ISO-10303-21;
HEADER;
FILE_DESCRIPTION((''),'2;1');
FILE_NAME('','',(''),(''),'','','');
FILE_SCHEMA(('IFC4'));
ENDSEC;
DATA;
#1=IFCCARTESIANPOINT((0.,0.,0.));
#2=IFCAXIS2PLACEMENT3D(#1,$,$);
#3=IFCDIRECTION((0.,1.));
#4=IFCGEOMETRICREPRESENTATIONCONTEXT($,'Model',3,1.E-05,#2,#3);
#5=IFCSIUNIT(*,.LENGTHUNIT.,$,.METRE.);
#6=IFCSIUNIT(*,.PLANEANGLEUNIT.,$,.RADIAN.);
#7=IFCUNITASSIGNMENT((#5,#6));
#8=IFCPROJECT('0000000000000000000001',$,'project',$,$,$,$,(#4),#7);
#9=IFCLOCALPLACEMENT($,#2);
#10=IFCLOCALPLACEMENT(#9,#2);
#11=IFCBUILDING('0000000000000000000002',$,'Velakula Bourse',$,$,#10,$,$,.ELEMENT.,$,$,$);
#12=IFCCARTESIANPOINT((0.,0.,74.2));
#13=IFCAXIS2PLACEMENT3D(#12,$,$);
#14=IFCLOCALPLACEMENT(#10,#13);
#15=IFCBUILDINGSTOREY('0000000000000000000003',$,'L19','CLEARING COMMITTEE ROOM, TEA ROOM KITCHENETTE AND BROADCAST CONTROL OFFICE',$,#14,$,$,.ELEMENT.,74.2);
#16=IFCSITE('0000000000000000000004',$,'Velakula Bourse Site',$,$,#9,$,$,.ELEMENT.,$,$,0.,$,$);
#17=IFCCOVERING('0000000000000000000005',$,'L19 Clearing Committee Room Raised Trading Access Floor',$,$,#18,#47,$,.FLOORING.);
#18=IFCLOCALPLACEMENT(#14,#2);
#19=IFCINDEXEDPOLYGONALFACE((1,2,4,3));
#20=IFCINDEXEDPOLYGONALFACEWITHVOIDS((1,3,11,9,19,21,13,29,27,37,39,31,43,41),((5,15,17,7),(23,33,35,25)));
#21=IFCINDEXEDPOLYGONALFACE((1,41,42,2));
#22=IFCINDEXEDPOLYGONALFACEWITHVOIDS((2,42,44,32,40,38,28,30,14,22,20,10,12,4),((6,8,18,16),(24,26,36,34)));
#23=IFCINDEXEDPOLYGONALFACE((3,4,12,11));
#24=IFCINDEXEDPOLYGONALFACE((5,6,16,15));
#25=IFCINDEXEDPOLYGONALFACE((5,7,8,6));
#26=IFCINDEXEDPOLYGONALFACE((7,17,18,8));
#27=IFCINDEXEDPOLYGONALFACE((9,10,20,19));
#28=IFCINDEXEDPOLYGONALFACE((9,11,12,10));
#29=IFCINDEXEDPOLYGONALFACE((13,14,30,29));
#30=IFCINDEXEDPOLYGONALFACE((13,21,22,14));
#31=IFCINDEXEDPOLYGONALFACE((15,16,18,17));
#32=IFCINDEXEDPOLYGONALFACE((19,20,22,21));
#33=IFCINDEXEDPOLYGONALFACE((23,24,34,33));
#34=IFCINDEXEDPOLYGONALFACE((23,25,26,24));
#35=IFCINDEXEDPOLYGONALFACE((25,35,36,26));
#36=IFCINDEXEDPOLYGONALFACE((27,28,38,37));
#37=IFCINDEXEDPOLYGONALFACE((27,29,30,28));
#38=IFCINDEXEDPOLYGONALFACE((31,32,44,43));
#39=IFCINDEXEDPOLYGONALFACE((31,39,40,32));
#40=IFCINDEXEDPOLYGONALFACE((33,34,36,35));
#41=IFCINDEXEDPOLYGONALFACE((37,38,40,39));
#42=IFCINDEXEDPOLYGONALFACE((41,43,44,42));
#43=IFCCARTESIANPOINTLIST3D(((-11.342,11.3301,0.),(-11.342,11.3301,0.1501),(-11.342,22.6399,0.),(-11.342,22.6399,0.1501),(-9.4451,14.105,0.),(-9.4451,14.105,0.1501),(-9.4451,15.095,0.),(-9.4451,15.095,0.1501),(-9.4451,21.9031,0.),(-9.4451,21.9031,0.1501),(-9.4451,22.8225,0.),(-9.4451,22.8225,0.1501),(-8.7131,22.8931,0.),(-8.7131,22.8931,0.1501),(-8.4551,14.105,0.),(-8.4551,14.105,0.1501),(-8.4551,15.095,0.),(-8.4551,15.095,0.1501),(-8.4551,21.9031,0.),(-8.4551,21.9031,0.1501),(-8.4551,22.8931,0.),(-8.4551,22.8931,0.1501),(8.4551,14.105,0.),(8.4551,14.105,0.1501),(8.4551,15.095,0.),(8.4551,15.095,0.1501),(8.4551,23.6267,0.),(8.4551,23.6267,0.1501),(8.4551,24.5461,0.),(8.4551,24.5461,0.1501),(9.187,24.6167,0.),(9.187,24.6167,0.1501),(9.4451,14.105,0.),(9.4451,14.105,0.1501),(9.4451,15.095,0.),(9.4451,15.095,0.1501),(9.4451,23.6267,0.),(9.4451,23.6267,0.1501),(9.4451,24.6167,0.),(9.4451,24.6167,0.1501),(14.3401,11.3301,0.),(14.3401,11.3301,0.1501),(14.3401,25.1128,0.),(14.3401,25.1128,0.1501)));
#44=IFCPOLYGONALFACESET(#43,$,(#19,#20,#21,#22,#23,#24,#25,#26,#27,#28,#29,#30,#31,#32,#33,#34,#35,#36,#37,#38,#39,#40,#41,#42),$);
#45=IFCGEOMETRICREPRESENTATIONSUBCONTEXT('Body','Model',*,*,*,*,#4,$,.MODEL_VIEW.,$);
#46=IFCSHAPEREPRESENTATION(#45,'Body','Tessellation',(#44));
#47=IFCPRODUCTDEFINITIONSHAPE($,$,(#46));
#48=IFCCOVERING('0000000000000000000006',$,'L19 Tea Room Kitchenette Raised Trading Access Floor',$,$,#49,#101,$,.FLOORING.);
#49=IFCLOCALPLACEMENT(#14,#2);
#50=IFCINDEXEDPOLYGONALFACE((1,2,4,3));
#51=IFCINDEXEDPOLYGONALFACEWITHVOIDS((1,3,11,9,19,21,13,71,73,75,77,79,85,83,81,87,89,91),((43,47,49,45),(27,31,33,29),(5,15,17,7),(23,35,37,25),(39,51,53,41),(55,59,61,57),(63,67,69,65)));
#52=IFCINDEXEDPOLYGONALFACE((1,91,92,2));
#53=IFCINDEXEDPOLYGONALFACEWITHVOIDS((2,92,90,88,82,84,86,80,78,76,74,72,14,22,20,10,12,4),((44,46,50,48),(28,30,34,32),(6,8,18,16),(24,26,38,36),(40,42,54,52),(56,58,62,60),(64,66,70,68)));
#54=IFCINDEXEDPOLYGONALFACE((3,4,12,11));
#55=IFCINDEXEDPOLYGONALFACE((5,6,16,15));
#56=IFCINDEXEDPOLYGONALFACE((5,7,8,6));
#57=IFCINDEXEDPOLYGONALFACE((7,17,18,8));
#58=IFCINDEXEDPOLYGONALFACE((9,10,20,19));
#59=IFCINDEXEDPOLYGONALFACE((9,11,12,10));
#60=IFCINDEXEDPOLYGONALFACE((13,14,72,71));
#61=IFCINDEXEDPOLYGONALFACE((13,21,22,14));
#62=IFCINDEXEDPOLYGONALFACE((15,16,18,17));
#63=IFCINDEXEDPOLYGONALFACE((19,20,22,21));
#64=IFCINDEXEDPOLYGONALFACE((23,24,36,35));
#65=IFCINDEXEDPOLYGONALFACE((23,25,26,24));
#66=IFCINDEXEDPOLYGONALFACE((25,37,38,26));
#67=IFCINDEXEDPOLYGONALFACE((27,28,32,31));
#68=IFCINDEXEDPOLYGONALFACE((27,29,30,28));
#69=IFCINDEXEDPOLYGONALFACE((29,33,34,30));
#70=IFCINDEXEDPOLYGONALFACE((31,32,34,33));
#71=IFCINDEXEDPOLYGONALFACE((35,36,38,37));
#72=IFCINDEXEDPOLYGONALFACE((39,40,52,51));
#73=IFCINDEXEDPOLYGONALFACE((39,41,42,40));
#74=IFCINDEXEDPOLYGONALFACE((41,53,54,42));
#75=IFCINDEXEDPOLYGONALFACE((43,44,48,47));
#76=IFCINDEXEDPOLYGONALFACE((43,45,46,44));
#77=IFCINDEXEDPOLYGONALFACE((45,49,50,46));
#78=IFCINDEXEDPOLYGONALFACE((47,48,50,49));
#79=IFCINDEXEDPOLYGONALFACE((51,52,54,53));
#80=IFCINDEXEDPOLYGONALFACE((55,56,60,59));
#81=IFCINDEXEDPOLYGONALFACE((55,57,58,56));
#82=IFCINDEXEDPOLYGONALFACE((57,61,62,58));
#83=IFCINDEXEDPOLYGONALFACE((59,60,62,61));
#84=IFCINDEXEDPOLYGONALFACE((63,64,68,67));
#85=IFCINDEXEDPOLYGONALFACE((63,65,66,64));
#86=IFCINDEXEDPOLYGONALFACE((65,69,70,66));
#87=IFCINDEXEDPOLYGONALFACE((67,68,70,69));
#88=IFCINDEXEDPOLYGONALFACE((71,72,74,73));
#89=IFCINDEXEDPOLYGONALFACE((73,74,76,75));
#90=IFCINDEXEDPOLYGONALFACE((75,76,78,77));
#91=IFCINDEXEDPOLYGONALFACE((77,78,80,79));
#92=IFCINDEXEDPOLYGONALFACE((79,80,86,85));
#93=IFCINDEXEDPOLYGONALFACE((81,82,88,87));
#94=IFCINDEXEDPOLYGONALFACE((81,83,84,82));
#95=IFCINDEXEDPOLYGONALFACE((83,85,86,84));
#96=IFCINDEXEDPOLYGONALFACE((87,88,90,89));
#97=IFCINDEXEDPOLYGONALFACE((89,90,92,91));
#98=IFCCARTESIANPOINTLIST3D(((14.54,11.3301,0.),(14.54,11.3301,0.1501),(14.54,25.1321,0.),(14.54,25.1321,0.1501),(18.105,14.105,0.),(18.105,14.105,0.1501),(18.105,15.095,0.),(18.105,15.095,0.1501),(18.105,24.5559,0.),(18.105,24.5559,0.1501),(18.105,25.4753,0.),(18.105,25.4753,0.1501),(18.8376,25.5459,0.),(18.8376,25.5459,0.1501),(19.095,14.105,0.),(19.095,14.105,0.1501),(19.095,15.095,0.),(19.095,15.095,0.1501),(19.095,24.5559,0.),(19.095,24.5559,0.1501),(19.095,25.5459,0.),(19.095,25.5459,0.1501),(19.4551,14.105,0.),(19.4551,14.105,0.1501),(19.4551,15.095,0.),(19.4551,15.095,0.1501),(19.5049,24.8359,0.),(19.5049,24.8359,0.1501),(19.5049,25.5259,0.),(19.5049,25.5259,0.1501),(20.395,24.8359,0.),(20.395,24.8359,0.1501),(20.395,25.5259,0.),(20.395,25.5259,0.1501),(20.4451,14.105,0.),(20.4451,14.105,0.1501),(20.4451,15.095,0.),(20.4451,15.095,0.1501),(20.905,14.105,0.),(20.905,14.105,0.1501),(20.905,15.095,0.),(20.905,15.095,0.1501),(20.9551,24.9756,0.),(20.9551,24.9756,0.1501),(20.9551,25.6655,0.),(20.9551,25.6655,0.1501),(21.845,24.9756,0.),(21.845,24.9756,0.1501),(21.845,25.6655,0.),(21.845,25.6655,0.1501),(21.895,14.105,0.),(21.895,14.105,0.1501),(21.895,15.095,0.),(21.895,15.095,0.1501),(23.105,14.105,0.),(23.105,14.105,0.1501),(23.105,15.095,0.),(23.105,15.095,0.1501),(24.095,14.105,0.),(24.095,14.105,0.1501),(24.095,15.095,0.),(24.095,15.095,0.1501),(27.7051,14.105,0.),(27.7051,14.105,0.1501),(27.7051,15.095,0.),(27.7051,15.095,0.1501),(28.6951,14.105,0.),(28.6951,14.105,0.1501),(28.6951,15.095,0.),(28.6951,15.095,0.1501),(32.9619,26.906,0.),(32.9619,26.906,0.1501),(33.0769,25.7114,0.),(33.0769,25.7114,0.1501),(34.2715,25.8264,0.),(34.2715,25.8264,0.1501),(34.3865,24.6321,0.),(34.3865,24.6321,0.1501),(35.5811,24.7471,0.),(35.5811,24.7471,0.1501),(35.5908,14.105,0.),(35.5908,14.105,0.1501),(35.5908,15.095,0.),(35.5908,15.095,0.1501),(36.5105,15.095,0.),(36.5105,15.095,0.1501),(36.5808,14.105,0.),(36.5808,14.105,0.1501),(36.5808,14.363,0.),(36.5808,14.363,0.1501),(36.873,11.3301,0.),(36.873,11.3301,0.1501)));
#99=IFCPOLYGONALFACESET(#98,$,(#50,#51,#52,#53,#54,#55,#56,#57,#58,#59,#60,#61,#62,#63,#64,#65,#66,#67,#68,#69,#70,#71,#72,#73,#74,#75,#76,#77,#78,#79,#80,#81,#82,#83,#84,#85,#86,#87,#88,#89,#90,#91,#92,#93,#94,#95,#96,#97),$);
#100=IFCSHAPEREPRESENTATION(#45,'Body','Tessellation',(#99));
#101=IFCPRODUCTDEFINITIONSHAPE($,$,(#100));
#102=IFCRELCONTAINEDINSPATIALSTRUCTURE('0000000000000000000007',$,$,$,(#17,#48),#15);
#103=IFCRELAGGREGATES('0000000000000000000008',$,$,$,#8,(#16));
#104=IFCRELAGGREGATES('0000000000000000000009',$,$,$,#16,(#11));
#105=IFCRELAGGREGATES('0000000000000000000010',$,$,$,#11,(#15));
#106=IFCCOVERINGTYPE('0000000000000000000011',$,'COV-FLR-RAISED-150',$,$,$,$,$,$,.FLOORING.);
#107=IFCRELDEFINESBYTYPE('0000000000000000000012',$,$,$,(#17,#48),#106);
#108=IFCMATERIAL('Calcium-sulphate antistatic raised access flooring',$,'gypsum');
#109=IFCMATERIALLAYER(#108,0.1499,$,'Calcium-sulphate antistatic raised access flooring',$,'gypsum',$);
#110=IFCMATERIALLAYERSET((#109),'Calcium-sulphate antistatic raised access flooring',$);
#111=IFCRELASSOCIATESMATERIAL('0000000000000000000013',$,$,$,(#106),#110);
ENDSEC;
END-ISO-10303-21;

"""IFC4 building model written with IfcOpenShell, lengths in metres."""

from ifc_helpers import new_model, si_unit, direction, frame, origin, place, context, subcontext, project, spatial, polyline, outline, extrude, material, layer, layer_set, type_object, element, save


model = new_model("IFC4")

# Units and contexts
model_context = context("Model", 3, precision=1e-05, world=origin(), true_north=direction((0.0, 1.0)))
body_context = subcontext(model_context, "Body", "Model", "MODEL_VIEW")
ifc_project = project(units=[si_unit("LENGTHUNIT", "METRE"), si_unit("PLANEANGLEUNIT", "RADIAN")], contexts=[model_context])

# Site, building, storey
site_placement = place(None, origin())
site = spatial("IfcSite", under=ifc_project, at=site_placement, Name="Velakula Bourse Site", CompositionType="ELEMENT", RefElevation=0.0)
building_placement = place(site_placement, origin())
building = spatial("IfcBuilding", under=site, at=building_placement, Name="Velakula Bourse", CompositionType="ELEMENT")
storey_placement = place(building_placement, frame((0.0, 0.0, 74.2)))
storey = spatial("IfcBuildingStorey", under=building, at=storey_placement, Name="L19", Description="CLEARING COMMITTEE ROOM, TEA ROOM KITCHENETTE AND BROADCAST CONTROL OFFICE", CompositionType="ELEMENT", Elevation=74.2)

# Coverings
ifc_material_1 = material(Name="Calcium-sulphate antistatic raised access flooring", Category="gypsum")
ifc_layer_1 = layer(ifc_material_1, 0.1499, Name="Calcium-sulphate antistatic raised access flooring", Category="gypsum")
ifc_layer_set_1 = layer_set([ifc_layer_1], Name="Calcium-sulphate antistatic raised access flooring")
covering_type_1 = type_object("IfcCoveringType", Name="COV-FLR-RAISED-150", PredefinedType="FLOORING", material=ifc_layer_set_1)
covering_1_placement = place(storey_placement, origin())
element("IfcCovering", 1, at=covering_1_placement, inside=storey, type_object=covering_type_1, Name="L19 Clearing Committee Room Raised Trading Access Floor", PredefinedType="FLOORING", context=body_context, shape_type="SweptSolid", body=[
    extrude(outline(polyline([(8.4551, 24.5461), (8.4551, 23.6267), (9.4451, 23.6267), (9.4451, 24.6167), (9.187, 24.6167), (14.3401, 25.1128), (14.3401, 11.3301), (-11.342, 11.3301), (-11.342, 22.6399), (-9.4451, 22.8225), (-9.4451, 21.9031), (-8.4551, 21.9031), (-8.4551, 22.8931), (-8.7131, 22.8931), (8.4551, 24.5461)]), holes=[polyline([(-9.4451, 15.095), (-9.4451, 14.105), (-8.4551, 14.105), (-8.4551, 15.095), (-9.4451, 15.095)]), polyline([(8.4551, 15.095), (8.4551, 14.105), (9.4451, 14.105), (9.4451, 15.095), (8.4551, 15.095)])]), origin(), (0.0, 0.0, 1.0), 0.1501),
])
covering_2_placement = place(storey_placement, origin())
element("IfcCovering", 2, at=covering_2_placement, inside=storey, type_object=covering_type_1, Name="L19 Tea Room Kitchenette Raised Trading Access Floor", PredefinedType="FLOORING", context=body_context, shape_type="SweptSolid", body=[
    extrude(outline(polyline([(32.9619, 26.906), (33.0769, 25.7114), (34.2715, 25.8264), (34.3865, 24.6321), (35.5811, 24.7471), (36.5105, 15.095), (35.5908, 15.095), (35.5908, 14.105), (36.5808, 14.105), (36.5808, 14.363), (36.873, 11.3301), (14.54, 11.3301), (14.54, 25.1321), (18.105, 25.4753), (18.105, 24.5559), (19.095, 24.5559), (19.095, 25.5459), (18.8376, 25.5459), (32.9619, 26.906)]), holes=[polyline([(20.905, 14.105), (21.895, 14.105), (21.895, 15.095), (20.905, 15.095), (20.905, 14.105)]), polyline([(23.105, 15.095), (23.105, 14.105), (24.095, 14.105), (24.095, 15.095), (23.105, 15.095)]), polyline([(19.4551, 15.095), (19.4551, 14.105), (20.4451, 14.105), (20.4451, 15.095), (19.4551, 15.095)]), polyline([(27.7051, 14.105), (28.6951, 14.105), (28.6951, 15.095), (27.7051, 15.095), (27.7051, 14.105)]), polyline([(18.105, 14.105), (19.095, 14.105), (19.095, 15.095), (18.105, 15.095), (18.105, 14.105)]), polyline([(19.5049, 25.5259), (19.5049, 24.8359), (20.395, 24.8359), (20.395, 25.5259), (19.5049, 25.5259)]), polyline([(20.9551, 25.6655), (20.9551, 24.9756), (21.845, 24.9756), (21.845, 25.6655), (20.9551, 25.6655)])]), origin(), (0.0, 0.0, 1.0), 0.1501),
])

save(model, "model.ifc")
